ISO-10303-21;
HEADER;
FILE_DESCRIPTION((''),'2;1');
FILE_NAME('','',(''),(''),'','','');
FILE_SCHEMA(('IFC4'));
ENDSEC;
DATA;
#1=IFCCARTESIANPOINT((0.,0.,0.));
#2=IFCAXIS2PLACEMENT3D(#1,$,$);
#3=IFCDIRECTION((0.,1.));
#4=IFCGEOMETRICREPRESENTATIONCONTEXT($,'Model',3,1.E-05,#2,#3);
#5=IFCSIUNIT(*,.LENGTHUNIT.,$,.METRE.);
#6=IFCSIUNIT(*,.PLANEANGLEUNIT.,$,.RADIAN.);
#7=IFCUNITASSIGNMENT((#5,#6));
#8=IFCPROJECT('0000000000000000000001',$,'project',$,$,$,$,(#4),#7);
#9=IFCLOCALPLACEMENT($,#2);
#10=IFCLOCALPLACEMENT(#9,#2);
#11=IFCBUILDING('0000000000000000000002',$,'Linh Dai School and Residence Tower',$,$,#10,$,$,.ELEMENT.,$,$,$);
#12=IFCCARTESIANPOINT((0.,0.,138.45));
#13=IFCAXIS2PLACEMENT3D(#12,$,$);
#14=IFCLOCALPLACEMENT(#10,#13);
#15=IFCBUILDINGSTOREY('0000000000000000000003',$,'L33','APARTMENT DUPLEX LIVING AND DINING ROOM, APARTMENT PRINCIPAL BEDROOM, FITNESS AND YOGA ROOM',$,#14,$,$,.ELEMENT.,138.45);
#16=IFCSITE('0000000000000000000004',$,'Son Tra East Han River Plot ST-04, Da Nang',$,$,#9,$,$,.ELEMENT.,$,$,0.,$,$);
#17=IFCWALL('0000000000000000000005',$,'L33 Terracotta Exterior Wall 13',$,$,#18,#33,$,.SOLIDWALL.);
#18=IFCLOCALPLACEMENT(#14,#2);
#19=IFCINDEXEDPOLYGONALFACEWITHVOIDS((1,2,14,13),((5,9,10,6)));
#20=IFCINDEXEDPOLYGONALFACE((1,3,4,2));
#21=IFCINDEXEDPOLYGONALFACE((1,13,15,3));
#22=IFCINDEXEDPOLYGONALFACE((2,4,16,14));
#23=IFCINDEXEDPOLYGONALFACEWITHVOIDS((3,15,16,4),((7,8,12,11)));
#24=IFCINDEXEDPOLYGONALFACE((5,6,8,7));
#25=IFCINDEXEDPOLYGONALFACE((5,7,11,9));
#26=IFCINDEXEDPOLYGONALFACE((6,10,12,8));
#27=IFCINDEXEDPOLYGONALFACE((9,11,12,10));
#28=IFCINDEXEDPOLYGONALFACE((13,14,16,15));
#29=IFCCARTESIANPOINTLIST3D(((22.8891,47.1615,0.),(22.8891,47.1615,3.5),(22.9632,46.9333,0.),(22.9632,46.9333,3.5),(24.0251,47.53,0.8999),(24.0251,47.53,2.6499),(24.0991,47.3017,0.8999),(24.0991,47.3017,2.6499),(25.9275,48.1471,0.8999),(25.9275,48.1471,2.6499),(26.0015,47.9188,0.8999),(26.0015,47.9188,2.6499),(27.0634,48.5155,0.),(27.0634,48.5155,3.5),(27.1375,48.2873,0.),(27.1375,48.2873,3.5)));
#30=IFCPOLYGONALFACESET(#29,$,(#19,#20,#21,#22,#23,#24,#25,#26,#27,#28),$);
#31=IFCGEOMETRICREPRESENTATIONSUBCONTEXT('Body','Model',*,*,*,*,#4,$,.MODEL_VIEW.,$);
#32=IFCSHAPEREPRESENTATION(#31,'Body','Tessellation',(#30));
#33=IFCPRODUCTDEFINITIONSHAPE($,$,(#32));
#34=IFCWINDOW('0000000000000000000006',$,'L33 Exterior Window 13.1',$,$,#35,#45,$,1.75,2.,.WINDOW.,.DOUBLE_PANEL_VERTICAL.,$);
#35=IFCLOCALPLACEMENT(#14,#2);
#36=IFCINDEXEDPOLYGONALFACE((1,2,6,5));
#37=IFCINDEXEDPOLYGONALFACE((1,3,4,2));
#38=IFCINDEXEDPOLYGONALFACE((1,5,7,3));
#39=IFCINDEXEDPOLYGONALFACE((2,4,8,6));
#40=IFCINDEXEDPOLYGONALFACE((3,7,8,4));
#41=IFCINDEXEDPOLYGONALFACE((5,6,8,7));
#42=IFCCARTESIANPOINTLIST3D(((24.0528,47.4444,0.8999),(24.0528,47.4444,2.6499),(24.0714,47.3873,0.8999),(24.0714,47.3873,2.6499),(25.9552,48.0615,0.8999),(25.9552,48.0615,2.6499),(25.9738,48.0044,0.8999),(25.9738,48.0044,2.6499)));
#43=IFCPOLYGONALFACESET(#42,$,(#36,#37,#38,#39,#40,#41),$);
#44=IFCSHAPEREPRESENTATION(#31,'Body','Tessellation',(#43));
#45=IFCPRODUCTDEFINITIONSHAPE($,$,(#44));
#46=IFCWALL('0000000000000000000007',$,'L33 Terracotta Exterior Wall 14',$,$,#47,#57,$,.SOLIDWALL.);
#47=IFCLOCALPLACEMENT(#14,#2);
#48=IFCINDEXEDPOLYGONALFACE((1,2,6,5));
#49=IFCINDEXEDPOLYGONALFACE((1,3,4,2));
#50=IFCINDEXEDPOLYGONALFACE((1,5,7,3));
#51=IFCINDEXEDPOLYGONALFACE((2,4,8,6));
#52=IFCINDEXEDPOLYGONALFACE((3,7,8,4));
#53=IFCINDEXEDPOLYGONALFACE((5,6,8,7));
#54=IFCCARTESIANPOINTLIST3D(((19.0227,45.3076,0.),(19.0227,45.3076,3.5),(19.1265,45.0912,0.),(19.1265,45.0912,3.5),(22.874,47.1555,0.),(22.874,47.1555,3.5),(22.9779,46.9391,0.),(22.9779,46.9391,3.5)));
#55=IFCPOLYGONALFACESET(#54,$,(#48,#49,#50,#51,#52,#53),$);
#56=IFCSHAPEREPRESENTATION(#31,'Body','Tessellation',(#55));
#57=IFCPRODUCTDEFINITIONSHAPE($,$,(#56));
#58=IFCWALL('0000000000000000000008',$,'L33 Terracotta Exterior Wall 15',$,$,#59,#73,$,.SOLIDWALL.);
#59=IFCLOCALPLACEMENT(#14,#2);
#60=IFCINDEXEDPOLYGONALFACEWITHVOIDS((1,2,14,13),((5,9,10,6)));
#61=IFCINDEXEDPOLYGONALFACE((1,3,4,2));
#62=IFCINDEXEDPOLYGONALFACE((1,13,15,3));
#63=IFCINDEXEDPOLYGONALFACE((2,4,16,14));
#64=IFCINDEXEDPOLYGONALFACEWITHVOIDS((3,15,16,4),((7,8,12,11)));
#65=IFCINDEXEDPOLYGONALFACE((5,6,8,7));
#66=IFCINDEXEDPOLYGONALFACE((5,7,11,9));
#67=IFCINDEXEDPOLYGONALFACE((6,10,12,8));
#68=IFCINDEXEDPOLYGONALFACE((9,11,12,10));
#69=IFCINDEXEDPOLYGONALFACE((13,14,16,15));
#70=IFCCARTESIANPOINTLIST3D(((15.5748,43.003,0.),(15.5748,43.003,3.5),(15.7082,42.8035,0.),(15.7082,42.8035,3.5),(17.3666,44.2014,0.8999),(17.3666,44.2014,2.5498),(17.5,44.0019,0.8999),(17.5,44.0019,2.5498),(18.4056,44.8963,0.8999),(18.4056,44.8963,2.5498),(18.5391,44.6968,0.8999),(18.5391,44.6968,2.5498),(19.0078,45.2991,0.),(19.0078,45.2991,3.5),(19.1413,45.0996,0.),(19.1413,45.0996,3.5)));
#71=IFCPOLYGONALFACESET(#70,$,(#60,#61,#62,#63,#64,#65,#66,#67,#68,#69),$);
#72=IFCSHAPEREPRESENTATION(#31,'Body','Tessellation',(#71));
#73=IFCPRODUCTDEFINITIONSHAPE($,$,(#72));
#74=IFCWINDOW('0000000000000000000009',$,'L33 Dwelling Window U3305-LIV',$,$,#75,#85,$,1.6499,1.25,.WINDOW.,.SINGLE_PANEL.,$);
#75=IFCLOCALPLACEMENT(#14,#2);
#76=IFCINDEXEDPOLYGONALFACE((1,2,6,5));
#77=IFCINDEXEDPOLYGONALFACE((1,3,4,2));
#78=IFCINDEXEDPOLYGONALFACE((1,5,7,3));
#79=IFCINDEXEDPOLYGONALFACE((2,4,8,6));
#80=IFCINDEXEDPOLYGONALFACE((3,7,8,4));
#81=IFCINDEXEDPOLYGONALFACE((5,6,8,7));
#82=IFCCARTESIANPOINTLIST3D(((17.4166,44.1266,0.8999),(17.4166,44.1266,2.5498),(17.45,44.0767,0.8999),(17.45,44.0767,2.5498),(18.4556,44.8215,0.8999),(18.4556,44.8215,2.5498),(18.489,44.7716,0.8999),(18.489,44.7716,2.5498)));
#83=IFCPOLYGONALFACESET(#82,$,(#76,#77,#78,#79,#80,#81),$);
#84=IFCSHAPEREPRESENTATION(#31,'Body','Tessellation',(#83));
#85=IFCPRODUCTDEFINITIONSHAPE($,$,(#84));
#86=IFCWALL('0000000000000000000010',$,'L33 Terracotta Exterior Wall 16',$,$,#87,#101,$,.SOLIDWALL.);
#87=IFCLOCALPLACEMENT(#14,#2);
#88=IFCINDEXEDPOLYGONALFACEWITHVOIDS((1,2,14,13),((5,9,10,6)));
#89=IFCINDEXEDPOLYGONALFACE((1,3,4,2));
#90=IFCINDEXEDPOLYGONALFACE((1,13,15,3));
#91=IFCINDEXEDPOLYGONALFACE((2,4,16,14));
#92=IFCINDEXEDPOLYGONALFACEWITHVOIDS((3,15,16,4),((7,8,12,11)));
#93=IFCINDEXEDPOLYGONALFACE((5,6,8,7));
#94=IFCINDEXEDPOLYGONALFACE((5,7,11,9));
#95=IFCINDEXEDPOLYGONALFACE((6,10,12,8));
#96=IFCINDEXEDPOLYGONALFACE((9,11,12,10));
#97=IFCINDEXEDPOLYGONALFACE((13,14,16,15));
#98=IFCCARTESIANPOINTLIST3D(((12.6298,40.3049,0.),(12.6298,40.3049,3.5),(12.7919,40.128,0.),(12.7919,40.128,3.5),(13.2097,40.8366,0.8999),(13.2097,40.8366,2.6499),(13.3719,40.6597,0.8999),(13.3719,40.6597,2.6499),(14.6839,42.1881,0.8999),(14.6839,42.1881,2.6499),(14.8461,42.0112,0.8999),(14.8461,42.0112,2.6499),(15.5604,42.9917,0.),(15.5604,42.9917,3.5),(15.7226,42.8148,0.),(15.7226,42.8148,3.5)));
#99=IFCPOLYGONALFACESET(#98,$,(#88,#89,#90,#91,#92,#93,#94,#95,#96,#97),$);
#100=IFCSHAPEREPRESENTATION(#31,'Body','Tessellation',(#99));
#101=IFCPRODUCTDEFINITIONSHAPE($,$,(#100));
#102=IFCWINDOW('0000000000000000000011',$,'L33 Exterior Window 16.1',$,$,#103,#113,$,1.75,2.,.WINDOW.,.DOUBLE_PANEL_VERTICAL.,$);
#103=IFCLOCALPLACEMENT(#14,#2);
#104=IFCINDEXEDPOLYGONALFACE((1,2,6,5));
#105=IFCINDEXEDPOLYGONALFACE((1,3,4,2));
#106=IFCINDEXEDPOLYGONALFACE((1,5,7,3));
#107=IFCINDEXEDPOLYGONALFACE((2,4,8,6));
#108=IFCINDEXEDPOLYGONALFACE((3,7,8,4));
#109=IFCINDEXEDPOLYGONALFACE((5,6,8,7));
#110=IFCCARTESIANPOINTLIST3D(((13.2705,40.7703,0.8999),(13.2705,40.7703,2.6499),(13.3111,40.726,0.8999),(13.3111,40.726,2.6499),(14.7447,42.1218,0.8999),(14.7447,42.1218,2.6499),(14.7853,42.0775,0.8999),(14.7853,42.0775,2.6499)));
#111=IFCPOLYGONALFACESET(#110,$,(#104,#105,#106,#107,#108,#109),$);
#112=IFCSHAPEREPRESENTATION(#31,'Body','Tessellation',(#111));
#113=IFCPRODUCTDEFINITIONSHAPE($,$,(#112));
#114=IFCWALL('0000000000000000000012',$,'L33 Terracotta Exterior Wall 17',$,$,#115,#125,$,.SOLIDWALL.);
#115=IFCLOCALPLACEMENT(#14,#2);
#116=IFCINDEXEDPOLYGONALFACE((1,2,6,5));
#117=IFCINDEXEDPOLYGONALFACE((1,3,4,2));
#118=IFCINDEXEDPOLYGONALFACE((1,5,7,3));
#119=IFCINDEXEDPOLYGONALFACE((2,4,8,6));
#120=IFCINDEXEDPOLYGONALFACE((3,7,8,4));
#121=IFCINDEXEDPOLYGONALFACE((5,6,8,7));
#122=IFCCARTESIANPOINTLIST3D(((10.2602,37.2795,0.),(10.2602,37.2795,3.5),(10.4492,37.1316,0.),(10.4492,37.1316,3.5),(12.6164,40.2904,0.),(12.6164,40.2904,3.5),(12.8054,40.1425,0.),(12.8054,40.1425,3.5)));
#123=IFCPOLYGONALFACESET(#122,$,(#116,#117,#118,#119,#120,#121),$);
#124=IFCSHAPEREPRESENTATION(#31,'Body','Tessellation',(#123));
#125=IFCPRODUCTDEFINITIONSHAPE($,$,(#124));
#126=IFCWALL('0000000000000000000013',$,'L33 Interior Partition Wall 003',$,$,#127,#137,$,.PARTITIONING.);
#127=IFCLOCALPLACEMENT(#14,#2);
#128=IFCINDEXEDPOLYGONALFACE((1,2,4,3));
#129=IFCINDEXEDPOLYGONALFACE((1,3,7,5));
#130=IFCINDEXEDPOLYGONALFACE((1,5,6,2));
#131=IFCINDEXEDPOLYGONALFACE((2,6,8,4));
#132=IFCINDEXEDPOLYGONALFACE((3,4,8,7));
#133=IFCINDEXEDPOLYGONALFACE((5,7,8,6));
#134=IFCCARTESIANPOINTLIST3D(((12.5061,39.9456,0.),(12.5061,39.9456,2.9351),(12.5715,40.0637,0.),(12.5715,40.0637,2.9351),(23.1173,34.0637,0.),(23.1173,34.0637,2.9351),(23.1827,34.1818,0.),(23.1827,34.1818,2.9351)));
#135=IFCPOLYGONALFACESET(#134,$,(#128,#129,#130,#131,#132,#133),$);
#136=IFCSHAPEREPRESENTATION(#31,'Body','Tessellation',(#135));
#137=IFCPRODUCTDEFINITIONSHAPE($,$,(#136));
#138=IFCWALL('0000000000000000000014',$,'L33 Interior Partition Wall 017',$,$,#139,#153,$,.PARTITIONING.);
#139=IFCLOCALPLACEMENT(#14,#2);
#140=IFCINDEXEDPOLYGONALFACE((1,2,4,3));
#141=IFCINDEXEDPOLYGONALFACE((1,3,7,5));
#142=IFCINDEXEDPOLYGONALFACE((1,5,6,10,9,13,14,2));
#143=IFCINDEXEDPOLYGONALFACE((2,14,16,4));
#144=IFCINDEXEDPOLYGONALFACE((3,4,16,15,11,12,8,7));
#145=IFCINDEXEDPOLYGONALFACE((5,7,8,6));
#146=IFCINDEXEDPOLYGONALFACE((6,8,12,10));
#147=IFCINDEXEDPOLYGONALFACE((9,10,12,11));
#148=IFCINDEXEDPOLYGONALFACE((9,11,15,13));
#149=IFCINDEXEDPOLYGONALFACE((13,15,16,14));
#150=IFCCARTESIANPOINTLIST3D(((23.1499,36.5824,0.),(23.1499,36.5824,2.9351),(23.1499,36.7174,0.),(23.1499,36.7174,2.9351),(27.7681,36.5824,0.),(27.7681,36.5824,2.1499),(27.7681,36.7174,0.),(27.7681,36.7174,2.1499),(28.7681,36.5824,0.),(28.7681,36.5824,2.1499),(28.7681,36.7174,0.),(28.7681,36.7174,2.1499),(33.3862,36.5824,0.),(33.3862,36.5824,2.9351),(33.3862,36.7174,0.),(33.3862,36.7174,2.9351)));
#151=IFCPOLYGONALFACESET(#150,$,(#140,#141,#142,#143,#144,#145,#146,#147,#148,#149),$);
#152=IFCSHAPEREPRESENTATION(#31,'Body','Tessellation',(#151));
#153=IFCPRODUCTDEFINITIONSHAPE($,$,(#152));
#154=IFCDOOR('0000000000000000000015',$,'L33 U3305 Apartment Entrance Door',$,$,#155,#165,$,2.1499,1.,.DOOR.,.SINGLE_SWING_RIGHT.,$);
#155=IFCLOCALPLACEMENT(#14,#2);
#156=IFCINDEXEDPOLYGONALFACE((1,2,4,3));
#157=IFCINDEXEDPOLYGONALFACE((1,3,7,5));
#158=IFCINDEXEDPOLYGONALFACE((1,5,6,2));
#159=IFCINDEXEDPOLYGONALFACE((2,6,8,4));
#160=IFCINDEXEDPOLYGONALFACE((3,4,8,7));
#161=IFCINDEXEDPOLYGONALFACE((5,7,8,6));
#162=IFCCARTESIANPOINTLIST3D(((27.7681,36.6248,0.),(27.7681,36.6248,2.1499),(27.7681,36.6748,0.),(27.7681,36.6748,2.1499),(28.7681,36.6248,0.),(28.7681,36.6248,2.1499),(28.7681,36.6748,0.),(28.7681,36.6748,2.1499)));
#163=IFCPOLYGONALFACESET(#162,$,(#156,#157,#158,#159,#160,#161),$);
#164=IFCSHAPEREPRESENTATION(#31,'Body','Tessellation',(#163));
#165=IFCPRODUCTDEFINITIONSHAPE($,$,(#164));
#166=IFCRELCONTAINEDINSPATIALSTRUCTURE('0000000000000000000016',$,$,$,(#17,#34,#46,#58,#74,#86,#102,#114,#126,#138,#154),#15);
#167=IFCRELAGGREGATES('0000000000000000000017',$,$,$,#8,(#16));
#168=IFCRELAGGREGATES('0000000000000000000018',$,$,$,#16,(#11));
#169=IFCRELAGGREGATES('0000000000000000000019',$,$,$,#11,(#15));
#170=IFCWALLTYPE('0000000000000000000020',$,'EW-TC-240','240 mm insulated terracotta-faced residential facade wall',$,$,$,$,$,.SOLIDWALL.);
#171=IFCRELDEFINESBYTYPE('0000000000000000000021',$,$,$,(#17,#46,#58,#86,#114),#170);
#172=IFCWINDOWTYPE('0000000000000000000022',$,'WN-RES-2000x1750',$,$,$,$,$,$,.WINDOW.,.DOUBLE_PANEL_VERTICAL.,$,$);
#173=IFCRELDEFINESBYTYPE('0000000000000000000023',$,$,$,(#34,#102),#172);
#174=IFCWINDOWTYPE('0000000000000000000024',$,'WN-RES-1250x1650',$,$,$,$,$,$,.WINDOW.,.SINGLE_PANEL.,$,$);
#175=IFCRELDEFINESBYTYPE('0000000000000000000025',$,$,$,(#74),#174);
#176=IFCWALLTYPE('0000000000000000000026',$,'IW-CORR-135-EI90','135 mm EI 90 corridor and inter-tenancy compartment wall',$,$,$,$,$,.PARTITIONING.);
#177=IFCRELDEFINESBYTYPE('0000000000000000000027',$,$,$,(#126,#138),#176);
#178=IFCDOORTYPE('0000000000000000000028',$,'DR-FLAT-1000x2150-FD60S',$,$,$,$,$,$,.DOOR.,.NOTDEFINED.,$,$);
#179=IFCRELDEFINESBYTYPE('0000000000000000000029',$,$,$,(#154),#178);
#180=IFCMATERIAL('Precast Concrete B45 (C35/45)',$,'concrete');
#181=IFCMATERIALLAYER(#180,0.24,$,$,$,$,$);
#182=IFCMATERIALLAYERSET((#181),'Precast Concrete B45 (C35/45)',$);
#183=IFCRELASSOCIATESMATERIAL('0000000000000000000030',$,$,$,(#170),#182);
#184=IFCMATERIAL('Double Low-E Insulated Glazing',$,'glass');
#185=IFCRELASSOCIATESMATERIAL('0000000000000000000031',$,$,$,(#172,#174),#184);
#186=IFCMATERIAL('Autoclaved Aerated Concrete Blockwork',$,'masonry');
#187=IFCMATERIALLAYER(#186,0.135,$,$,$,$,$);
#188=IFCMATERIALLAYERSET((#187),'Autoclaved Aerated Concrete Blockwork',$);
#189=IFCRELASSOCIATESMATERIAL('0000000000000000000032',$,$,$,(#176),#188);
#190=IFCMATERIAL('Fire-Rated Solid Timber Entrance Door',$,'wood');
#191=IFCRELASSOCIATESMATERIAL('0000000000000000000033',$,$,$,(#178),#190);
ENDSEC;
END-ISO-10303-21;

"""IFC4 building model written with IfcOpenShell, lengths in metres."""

from ifc_helpers import new_model, si_unit, direction, frame, frame_2d, origin, origin_2d, place, context, subcontext, project, spatial, rectangle, extrude, source, transform, mapped, material, layer, layer_set, type_object, element, fill, save


model = new_model("IFC4")

# Units and contexts
model_context = context("Model", 3, precision=1e-05, world=origin(), true_north=direction((0.0, 1.0)))
body_context = subcontext(model_context, "Body", "Model", "MODEL_VIEW")
ifc_project = project(units=[si_unit("LENGTHUNIT", "METRE"), si_unit("PLANEANGLEUNIT", "RADIAN")], contexts=[model_context])

# Site, building, storey
site_placement = place(None, origin())
site = spatial("IfcSite", under=ifc_project, at=site_placement, Name="Son Tra East Han River Plot ST-04, Da Nang", CompositionType="ELEMENT", RefElevation=0.0)
building_placement = place(site_placement, origin())
building = spatial("IfcBuilding", under=site, at=building_placement, Name="Linh Dai School and Residence Tower", CompositionType="ELEMENT")
storey_placement = place(building_placement, frame((0.0, 0.0, 138.45)))
storey = spatial("IfcBuildingStorey", under=building, at=storey_placement, Name="L33", Description="APARTMENT DUPLEX LIVING AND DINING ROOM, APARTMENT PRINCIPAL BEDROOM, FITNESS AND YOGA ROOM", CompositionType="ELEMENT", Elevation=138.45)

# Shared definitions
ifc_material_1 = material(Name="Precast Concrete B45 (C35/45)", Category="concrete")

# Shared definitions
ifc_layer_1 = layer(ifc_material_1, 0.24)
ifc_layer_set_1 = layer_set([ifc_layer_1], Name="Precast Concrete B45 (C35/45)")
wall_type_1 = type_object("IfcWallType", Name="EW-TC-240", Description="240 mm insulated terracotta-faced residential facade wall", PredefinedType="SOLIDWALL", material=ifc_layer_set_1)

# Wall, opening, window
wall_1_placement = place(storey_placement, frame((22.926, 47.0474, 0.0), z_axis=(0.0, 0.0, 1.0), x_axis=(0.951211, 0.30854, 0.0)))
wall_1 = element("IfcWall", 1, at=wall_1_placement, inside=storey, type_object=wall_type_1, Name="L33 Terracotta Exterior Wall 13", PredefinedType="SOLIDWALL", context=body_context, shape_type="SweptSolid", body=[
    extrude(rectangle(XDim=4.3884, YDim=0.24, at=frame_2d((2.1943, 0.0))), origin(), (0.0, 0.0, 1.0), 3.5),
])
opening_1_placement = place(wall_1_placement, frame((1.1943, 0.0, 0.8999)))
opening_1 = element("IfcOpeningElement", 2, at=opening_1_placement, cuts=wall_1, PredefinedType="OPENING", context=body_context, shape_type="SweptSolid", body=[
    extrude(rectangle(XDim=2.0, YDim=1.75, at=origin_2d()), frame((1.0, 0.1299, 0.875), z_axis=(0.0, -1.0, 0.0), x_axis=(1.0, 0.0, 0.0)), (0.0, 0.0, 1.0), 0.26),
])
ifc_material_2 = material(Name="Double Low-E Insulated Glazing", Category="glass")
window_type_1 = type_object("IfcWindowType", Name="WN-RES-2000x1750", PartitioningType="DOUBLE_PANEL_VERTICAL", PredefinedType="WINDOW", material=ifc_material_2)
shared_shape_1 = source(origin(), body_context, "Body", "SweptSolid", [
    extrude(rectangle(XDim=2.0, YDim=1.75, at=origin_2d()), frame((1.0, 0.03, 0.875), z_axis=(0.0, -1.0, 0.0), x_axis=(1.0, 0.0, 0.0)), (0.0, 0.0, 1.0), 0.0601),
])
window_1_placement = place(opening_1_placement, origin())
window_1 = element("IfcWindow", 3, at=window_1_placement, inside=storey, type_object=window_type_1, Name="L33 Exterior Window 13.1", OverallHeight=1.75, OverallWidth=2.0, PartitioningType="DOUBLE_PANEL_VERTICAL", PredefinedType="WINDOW", context=body_context, shape_type="MappedRepresentation", body=[
    mapped(shared_shape_1, transform((0.0, 0.0, 0.0), x_axis=(1.0, 0.0, 0.0), y_axis=(0.0, 1.0, 0.0), z_axis=(0.0, 0.0, 1.0), scale=1.0)),
])
fill(opening_1, window_1)

# Wall
wall_2_placement = place(storey_placement, frame((19.0747, 45.1995, 0.0), z_axis=(0.0, 0.0, 1.0), x_axis=(0.90159, 0.432592, 0.0)))
element("IfcWall", 4, at=wall_2_placement, inside=storey, type_object=wall_type_1, Name="L33 Terracotta Exterior Wall 14", PredefinedType="SOLIDWALL", context=body_context, shape_type="SweptSolid", body=[
    extrude(rectangle(XDim=4.2717, YDim=0.24, at=frame_2d((2.1357, 0.0))), origin(), (0.0, 0.0, 1.0), 3.5),
])

# Walls, openings, windows
wall_3_placement = place(storey_placement, frame((15.6416, 42.9033, 0.0), z_axis=(0.0, 0.0, 1.0), x_axis=(0.831222, 0.555941, 0.0)))
wall_3 = element("IfcWall", 5, at=wall_3_placement, inside=storey, type_object=wall_type_1, Name="L33 Terracotta Exterior Wall 15", PredefinedType="SOLIDWALL", context=body_context, shape_type="SweptSolid", body=[
    extrude(rectangle(XDim=4.1301, YDim=0.24, at=frame_2d((2.0649, 0.0))), origin(), (0.0, 0.0, 1.0), 3.5),
])
opening_2_placement = place(wall_3_placement, frame((2.1555, 0.0, 0.8999)))
opening_2 = element("IfcOpeningElement", 6, at=opening_2_placement, cuts=wall_3, PredefinedType="OPENING", context=body_context, shape_type="SweptSolid", body=[
    extrude(rectangle(XDim=1.25, YDim=1.6499, at=origin_2d()), frame((0.625, 0.1299, 0.825), z_axis=(0.0, -1.0, 0.0), x_axis=(1.0, 0.0, 0.0)), (0.0, 0.0, 1.0), 0.26),
])
window_type_2 = type_object("IfcWindowType", Name="WN-RES-1250x1650", PartitioningType="SINGLE_PANEL", PredefinedType="WINDOW", material=ifc_material_2)
shared_shape_2 = source(origin(), body_context, "Body", "SweptSolid", [
    extrude(rectangle(XDim=1.25, YDim=1.6499, at=origin_2d()), frame((0.625, 0.03, 0.825), z_axis=(0.0, -1.0, 0.0), x_axis=(1.0, 0.0, 0.0)), (0.0, 0.0, 1.0), 0.0601),
])
window_2_placement = place(opening_2_placement, origin())
window_2 = element("IfcWindow", 7, at=window_2_placement, inside=storey, type_object=window_type_2, Name="L33 Dwelling Window U3305-LIV", OverallHeight=1.6499, OverallWidth=1.25, PartitioningType="SINGLE_PANEL", PredefinedType="WINDOW", context=body_context, shape_type="MappedRepresentation", body=[
    mapped(shared_shape_2, transform((0.0, 0.0, 0.0), x_axis=(1.0, 0.0, 0.0), y_axis=(0.0, 1.0, 0.0), z_axis=(0.0, 0.0, 1.0), scale=1.0)),
])
fill(opening_2, window_2)
wall_4_placement = place(storey_placement, frame((12.7109, 40.2166, 0.0), z_axis=(0.0, 0.0, 1.0), x_axis=(0.737113, 0.675769, 0.0)))
wall_4 = element("IfcWall", 8, at=wall_4_placement, inside=storey, type_object=wall_type_1, Name="L33 Terracotta Exterior Wall 16", PredefinedType="SOLIDWALL", context=body_context, shape_type="SweptSolid", body=[
    extrude(rectangle(XDim=3.9758, YDim=0.24, at=frame_2d((1.9878, 0.0))), origin(), (0.0, 0.0, 1.0), 3.5),
])
opening_3_placement = place(wall_4_placement, frame((0.7866, 0.0, 0.8999)))
opening_3 = element("IfcOpeningElement", 9, at=opening_3_placement, cuts=wall_4, PredefinedType="OPENING", context=body_context, shape_type="SweptSolid", body=[
    extrude(rectangle(XDim=2.0, YDim=1.75, at=origin_2d()), frame((1.0, 0.1299, 0.875), z_axis=(0.0, -1.0, 0.0), x_axis=(1.0, 0.0, 0.0)), (0.0, 0.0, 1.0), 0.26),
])
window_3_placement = place(opening_3_placement, origin())
window_3 = element("IfcWindow", 10, at=window_3_placement, inside=storey, type_object=window_type_1, Name="L33 Exterior Window 16.1", OverallHeight=1.75, OverallWidth=2.0, PartitioningType="DOUBLE_PANEL_VERTICAL", PredefinedType="WINDOW", context=body_context, shape_type="MappedRepresentation", body=[
    mapped(shared_shape_1, transform((0.0, 0.0, 0.0), x_axis=(1.0, 0.0, 0.0), y_axis=(0.0, 1.0, 0.0), z_axis=(0.0, 0.0, 1.0), scale=1.0)),
])
fill(opening_3, window_3)

# Walls
wall_5_placement = place(storey_placement, frame((10.3547, 37.2056, 0.0), z_axis=(0.0, 0.0, 1.0), x_axis=(0.616272, 0.787533, 0.0)))
element("IfcWall", 11, at=wall_5_placement, inside=storey, type_object=wall_type_1, Name="L33 Terracotta Exterior Wall 17", PredefinedType="SOLIDWALL", context=body_context, shape_type="SweptSolid", body=[
    extrude(rectangle(XDim=3.8232, YDim=0.24, at=frame_2d((1.9116, 0.0))), origin(), (0.0, 0.0, 1.0), 3.5),
])
ifc_material_3 = material(Name="Autoclaved Aerated Concrete Blockwork", Category="masonry")
ifc_layer_2 = layer(ifc_material_3, 0.135)
ifc_layer_set_2 = layer_set([ifc_layer_2], Name="Autoclaved Aerated Concrete Blockwork")
wall_type_2 = type_object("IfcWallType", Name="IW-CORR-135-EI90", Description="135 mm EI 90 corridor and inter-tenancy compartment wall", PredefinedType="PARTITIONING", material=ifc_layer_set_2)
wall_6_placement = place(storey_placement, frame((12.5388, 40.0046, 0.0), z_axis=(0.0, 0.0, 1.0), x_axis=(0.874619, -0.484811, 0.0)))
element("IfcWall", 12, at=wall_6_placement, inside=storey, type_object=wall_type_2, Name="L33 Interior Partition Wall 003", PredefinedType="PARTITIONING", context=body_context, shape_type="SweptSolid", body=[
    extrude(rectangle(XDim=12.1323, YDim=0.135, at=frame_2d((6.0662, 0.0))), origin(), (0.0, 0.0, 1.0), 2.9351),
])

# Wall, opening, door
wall_7_placement = place(storey_placement, frame((23.1499, 36.6499, 0.0), z_axis=(0.0, 0.0, 1.0), x_axis=(1.0, 0.0, 0.0)))
wall_7 = element("IfcWall", 13, at=wall_7_placement, inside=storey, type_object=wall_type_2, Name="L33 Interior Partition Wall 017", PredefinedType="PARTITIONING", context=body_context, shape_type="SweptSolid", body=[
    extrude(rectangle(XDim=10.2363, YDim=0.135, at=frame_2d((5.1182, 0.0))), origin(), (0.0, 0.0, 1.0), 2.9351),
])
opening_4_placement = place(wall_7_placement, frame((4.6182, 0.0, 0.0)))
opening_4 = element("IfcOpeningElement", 14, at=opening_4_placement, cuts=wall_7, PredefinedType="OPENING", context=body_context, shape_type="SweptSolid", body=[
    extrude(rectangle(XDim=1.0, YDim=2.1499, at=origin_2d()), frame((0.5, 0.0776, 1.075), z_axis=(0.0, -1.0, 0.0), x_axis=(1.0, 0.0, 0.0)), (0.0, 0.0, 1.0), 0.155),
])
ifc_material_4 = material(Name="Fire-Rated Solid Timber Entrance Door", Category="wood")
door_type_1 = type_object("IfcDoorType", Name="DR-FLAT-1000x2150-FD60S", OperationType="NOTDEFINED", PredefinedType="DOOR", material=ifc_material_4)
shared_shape_3 = source(origin(), body_context, "Body", "SweptSolid", [
    extrude(rectangle(XDim=1.0, YDim=2.1499, at=origin_2d()), frame((0.5, 0.0249, 1.075), z_axis=(0.0, -1.0, 0.0), x_axis=(1.0, 0.0, 0.0)), (0.0, 0.0, 1.0), 0.05),
])
door_1_placement = place(opening_4_placement, origin())
door_1 = element("IfcDoor", 15, at=door_1_placement, inside=storey, type_object=door_type_1, Name="L33 U3305 Apartment Entrance Door", OperationType="SINGLE_SWING_RIGHT", OverallHeight=2.1499, OverallWidth=1.0, PredefinedType="DOOR", context=body_context, shape_type="MappedRepresentation", body=[
    mapped(shared_shape_3, transform((0.0, 0.0, 0.0), x_axis=(1.0, 0.0, 0.0), y_axis=(0.0, 1.0, 0.0), z_axis=(0.0, 0.0, 1.0), scale=1.0)),
])
fill(opening_4, door_1)

save(model, "model.ifc")
